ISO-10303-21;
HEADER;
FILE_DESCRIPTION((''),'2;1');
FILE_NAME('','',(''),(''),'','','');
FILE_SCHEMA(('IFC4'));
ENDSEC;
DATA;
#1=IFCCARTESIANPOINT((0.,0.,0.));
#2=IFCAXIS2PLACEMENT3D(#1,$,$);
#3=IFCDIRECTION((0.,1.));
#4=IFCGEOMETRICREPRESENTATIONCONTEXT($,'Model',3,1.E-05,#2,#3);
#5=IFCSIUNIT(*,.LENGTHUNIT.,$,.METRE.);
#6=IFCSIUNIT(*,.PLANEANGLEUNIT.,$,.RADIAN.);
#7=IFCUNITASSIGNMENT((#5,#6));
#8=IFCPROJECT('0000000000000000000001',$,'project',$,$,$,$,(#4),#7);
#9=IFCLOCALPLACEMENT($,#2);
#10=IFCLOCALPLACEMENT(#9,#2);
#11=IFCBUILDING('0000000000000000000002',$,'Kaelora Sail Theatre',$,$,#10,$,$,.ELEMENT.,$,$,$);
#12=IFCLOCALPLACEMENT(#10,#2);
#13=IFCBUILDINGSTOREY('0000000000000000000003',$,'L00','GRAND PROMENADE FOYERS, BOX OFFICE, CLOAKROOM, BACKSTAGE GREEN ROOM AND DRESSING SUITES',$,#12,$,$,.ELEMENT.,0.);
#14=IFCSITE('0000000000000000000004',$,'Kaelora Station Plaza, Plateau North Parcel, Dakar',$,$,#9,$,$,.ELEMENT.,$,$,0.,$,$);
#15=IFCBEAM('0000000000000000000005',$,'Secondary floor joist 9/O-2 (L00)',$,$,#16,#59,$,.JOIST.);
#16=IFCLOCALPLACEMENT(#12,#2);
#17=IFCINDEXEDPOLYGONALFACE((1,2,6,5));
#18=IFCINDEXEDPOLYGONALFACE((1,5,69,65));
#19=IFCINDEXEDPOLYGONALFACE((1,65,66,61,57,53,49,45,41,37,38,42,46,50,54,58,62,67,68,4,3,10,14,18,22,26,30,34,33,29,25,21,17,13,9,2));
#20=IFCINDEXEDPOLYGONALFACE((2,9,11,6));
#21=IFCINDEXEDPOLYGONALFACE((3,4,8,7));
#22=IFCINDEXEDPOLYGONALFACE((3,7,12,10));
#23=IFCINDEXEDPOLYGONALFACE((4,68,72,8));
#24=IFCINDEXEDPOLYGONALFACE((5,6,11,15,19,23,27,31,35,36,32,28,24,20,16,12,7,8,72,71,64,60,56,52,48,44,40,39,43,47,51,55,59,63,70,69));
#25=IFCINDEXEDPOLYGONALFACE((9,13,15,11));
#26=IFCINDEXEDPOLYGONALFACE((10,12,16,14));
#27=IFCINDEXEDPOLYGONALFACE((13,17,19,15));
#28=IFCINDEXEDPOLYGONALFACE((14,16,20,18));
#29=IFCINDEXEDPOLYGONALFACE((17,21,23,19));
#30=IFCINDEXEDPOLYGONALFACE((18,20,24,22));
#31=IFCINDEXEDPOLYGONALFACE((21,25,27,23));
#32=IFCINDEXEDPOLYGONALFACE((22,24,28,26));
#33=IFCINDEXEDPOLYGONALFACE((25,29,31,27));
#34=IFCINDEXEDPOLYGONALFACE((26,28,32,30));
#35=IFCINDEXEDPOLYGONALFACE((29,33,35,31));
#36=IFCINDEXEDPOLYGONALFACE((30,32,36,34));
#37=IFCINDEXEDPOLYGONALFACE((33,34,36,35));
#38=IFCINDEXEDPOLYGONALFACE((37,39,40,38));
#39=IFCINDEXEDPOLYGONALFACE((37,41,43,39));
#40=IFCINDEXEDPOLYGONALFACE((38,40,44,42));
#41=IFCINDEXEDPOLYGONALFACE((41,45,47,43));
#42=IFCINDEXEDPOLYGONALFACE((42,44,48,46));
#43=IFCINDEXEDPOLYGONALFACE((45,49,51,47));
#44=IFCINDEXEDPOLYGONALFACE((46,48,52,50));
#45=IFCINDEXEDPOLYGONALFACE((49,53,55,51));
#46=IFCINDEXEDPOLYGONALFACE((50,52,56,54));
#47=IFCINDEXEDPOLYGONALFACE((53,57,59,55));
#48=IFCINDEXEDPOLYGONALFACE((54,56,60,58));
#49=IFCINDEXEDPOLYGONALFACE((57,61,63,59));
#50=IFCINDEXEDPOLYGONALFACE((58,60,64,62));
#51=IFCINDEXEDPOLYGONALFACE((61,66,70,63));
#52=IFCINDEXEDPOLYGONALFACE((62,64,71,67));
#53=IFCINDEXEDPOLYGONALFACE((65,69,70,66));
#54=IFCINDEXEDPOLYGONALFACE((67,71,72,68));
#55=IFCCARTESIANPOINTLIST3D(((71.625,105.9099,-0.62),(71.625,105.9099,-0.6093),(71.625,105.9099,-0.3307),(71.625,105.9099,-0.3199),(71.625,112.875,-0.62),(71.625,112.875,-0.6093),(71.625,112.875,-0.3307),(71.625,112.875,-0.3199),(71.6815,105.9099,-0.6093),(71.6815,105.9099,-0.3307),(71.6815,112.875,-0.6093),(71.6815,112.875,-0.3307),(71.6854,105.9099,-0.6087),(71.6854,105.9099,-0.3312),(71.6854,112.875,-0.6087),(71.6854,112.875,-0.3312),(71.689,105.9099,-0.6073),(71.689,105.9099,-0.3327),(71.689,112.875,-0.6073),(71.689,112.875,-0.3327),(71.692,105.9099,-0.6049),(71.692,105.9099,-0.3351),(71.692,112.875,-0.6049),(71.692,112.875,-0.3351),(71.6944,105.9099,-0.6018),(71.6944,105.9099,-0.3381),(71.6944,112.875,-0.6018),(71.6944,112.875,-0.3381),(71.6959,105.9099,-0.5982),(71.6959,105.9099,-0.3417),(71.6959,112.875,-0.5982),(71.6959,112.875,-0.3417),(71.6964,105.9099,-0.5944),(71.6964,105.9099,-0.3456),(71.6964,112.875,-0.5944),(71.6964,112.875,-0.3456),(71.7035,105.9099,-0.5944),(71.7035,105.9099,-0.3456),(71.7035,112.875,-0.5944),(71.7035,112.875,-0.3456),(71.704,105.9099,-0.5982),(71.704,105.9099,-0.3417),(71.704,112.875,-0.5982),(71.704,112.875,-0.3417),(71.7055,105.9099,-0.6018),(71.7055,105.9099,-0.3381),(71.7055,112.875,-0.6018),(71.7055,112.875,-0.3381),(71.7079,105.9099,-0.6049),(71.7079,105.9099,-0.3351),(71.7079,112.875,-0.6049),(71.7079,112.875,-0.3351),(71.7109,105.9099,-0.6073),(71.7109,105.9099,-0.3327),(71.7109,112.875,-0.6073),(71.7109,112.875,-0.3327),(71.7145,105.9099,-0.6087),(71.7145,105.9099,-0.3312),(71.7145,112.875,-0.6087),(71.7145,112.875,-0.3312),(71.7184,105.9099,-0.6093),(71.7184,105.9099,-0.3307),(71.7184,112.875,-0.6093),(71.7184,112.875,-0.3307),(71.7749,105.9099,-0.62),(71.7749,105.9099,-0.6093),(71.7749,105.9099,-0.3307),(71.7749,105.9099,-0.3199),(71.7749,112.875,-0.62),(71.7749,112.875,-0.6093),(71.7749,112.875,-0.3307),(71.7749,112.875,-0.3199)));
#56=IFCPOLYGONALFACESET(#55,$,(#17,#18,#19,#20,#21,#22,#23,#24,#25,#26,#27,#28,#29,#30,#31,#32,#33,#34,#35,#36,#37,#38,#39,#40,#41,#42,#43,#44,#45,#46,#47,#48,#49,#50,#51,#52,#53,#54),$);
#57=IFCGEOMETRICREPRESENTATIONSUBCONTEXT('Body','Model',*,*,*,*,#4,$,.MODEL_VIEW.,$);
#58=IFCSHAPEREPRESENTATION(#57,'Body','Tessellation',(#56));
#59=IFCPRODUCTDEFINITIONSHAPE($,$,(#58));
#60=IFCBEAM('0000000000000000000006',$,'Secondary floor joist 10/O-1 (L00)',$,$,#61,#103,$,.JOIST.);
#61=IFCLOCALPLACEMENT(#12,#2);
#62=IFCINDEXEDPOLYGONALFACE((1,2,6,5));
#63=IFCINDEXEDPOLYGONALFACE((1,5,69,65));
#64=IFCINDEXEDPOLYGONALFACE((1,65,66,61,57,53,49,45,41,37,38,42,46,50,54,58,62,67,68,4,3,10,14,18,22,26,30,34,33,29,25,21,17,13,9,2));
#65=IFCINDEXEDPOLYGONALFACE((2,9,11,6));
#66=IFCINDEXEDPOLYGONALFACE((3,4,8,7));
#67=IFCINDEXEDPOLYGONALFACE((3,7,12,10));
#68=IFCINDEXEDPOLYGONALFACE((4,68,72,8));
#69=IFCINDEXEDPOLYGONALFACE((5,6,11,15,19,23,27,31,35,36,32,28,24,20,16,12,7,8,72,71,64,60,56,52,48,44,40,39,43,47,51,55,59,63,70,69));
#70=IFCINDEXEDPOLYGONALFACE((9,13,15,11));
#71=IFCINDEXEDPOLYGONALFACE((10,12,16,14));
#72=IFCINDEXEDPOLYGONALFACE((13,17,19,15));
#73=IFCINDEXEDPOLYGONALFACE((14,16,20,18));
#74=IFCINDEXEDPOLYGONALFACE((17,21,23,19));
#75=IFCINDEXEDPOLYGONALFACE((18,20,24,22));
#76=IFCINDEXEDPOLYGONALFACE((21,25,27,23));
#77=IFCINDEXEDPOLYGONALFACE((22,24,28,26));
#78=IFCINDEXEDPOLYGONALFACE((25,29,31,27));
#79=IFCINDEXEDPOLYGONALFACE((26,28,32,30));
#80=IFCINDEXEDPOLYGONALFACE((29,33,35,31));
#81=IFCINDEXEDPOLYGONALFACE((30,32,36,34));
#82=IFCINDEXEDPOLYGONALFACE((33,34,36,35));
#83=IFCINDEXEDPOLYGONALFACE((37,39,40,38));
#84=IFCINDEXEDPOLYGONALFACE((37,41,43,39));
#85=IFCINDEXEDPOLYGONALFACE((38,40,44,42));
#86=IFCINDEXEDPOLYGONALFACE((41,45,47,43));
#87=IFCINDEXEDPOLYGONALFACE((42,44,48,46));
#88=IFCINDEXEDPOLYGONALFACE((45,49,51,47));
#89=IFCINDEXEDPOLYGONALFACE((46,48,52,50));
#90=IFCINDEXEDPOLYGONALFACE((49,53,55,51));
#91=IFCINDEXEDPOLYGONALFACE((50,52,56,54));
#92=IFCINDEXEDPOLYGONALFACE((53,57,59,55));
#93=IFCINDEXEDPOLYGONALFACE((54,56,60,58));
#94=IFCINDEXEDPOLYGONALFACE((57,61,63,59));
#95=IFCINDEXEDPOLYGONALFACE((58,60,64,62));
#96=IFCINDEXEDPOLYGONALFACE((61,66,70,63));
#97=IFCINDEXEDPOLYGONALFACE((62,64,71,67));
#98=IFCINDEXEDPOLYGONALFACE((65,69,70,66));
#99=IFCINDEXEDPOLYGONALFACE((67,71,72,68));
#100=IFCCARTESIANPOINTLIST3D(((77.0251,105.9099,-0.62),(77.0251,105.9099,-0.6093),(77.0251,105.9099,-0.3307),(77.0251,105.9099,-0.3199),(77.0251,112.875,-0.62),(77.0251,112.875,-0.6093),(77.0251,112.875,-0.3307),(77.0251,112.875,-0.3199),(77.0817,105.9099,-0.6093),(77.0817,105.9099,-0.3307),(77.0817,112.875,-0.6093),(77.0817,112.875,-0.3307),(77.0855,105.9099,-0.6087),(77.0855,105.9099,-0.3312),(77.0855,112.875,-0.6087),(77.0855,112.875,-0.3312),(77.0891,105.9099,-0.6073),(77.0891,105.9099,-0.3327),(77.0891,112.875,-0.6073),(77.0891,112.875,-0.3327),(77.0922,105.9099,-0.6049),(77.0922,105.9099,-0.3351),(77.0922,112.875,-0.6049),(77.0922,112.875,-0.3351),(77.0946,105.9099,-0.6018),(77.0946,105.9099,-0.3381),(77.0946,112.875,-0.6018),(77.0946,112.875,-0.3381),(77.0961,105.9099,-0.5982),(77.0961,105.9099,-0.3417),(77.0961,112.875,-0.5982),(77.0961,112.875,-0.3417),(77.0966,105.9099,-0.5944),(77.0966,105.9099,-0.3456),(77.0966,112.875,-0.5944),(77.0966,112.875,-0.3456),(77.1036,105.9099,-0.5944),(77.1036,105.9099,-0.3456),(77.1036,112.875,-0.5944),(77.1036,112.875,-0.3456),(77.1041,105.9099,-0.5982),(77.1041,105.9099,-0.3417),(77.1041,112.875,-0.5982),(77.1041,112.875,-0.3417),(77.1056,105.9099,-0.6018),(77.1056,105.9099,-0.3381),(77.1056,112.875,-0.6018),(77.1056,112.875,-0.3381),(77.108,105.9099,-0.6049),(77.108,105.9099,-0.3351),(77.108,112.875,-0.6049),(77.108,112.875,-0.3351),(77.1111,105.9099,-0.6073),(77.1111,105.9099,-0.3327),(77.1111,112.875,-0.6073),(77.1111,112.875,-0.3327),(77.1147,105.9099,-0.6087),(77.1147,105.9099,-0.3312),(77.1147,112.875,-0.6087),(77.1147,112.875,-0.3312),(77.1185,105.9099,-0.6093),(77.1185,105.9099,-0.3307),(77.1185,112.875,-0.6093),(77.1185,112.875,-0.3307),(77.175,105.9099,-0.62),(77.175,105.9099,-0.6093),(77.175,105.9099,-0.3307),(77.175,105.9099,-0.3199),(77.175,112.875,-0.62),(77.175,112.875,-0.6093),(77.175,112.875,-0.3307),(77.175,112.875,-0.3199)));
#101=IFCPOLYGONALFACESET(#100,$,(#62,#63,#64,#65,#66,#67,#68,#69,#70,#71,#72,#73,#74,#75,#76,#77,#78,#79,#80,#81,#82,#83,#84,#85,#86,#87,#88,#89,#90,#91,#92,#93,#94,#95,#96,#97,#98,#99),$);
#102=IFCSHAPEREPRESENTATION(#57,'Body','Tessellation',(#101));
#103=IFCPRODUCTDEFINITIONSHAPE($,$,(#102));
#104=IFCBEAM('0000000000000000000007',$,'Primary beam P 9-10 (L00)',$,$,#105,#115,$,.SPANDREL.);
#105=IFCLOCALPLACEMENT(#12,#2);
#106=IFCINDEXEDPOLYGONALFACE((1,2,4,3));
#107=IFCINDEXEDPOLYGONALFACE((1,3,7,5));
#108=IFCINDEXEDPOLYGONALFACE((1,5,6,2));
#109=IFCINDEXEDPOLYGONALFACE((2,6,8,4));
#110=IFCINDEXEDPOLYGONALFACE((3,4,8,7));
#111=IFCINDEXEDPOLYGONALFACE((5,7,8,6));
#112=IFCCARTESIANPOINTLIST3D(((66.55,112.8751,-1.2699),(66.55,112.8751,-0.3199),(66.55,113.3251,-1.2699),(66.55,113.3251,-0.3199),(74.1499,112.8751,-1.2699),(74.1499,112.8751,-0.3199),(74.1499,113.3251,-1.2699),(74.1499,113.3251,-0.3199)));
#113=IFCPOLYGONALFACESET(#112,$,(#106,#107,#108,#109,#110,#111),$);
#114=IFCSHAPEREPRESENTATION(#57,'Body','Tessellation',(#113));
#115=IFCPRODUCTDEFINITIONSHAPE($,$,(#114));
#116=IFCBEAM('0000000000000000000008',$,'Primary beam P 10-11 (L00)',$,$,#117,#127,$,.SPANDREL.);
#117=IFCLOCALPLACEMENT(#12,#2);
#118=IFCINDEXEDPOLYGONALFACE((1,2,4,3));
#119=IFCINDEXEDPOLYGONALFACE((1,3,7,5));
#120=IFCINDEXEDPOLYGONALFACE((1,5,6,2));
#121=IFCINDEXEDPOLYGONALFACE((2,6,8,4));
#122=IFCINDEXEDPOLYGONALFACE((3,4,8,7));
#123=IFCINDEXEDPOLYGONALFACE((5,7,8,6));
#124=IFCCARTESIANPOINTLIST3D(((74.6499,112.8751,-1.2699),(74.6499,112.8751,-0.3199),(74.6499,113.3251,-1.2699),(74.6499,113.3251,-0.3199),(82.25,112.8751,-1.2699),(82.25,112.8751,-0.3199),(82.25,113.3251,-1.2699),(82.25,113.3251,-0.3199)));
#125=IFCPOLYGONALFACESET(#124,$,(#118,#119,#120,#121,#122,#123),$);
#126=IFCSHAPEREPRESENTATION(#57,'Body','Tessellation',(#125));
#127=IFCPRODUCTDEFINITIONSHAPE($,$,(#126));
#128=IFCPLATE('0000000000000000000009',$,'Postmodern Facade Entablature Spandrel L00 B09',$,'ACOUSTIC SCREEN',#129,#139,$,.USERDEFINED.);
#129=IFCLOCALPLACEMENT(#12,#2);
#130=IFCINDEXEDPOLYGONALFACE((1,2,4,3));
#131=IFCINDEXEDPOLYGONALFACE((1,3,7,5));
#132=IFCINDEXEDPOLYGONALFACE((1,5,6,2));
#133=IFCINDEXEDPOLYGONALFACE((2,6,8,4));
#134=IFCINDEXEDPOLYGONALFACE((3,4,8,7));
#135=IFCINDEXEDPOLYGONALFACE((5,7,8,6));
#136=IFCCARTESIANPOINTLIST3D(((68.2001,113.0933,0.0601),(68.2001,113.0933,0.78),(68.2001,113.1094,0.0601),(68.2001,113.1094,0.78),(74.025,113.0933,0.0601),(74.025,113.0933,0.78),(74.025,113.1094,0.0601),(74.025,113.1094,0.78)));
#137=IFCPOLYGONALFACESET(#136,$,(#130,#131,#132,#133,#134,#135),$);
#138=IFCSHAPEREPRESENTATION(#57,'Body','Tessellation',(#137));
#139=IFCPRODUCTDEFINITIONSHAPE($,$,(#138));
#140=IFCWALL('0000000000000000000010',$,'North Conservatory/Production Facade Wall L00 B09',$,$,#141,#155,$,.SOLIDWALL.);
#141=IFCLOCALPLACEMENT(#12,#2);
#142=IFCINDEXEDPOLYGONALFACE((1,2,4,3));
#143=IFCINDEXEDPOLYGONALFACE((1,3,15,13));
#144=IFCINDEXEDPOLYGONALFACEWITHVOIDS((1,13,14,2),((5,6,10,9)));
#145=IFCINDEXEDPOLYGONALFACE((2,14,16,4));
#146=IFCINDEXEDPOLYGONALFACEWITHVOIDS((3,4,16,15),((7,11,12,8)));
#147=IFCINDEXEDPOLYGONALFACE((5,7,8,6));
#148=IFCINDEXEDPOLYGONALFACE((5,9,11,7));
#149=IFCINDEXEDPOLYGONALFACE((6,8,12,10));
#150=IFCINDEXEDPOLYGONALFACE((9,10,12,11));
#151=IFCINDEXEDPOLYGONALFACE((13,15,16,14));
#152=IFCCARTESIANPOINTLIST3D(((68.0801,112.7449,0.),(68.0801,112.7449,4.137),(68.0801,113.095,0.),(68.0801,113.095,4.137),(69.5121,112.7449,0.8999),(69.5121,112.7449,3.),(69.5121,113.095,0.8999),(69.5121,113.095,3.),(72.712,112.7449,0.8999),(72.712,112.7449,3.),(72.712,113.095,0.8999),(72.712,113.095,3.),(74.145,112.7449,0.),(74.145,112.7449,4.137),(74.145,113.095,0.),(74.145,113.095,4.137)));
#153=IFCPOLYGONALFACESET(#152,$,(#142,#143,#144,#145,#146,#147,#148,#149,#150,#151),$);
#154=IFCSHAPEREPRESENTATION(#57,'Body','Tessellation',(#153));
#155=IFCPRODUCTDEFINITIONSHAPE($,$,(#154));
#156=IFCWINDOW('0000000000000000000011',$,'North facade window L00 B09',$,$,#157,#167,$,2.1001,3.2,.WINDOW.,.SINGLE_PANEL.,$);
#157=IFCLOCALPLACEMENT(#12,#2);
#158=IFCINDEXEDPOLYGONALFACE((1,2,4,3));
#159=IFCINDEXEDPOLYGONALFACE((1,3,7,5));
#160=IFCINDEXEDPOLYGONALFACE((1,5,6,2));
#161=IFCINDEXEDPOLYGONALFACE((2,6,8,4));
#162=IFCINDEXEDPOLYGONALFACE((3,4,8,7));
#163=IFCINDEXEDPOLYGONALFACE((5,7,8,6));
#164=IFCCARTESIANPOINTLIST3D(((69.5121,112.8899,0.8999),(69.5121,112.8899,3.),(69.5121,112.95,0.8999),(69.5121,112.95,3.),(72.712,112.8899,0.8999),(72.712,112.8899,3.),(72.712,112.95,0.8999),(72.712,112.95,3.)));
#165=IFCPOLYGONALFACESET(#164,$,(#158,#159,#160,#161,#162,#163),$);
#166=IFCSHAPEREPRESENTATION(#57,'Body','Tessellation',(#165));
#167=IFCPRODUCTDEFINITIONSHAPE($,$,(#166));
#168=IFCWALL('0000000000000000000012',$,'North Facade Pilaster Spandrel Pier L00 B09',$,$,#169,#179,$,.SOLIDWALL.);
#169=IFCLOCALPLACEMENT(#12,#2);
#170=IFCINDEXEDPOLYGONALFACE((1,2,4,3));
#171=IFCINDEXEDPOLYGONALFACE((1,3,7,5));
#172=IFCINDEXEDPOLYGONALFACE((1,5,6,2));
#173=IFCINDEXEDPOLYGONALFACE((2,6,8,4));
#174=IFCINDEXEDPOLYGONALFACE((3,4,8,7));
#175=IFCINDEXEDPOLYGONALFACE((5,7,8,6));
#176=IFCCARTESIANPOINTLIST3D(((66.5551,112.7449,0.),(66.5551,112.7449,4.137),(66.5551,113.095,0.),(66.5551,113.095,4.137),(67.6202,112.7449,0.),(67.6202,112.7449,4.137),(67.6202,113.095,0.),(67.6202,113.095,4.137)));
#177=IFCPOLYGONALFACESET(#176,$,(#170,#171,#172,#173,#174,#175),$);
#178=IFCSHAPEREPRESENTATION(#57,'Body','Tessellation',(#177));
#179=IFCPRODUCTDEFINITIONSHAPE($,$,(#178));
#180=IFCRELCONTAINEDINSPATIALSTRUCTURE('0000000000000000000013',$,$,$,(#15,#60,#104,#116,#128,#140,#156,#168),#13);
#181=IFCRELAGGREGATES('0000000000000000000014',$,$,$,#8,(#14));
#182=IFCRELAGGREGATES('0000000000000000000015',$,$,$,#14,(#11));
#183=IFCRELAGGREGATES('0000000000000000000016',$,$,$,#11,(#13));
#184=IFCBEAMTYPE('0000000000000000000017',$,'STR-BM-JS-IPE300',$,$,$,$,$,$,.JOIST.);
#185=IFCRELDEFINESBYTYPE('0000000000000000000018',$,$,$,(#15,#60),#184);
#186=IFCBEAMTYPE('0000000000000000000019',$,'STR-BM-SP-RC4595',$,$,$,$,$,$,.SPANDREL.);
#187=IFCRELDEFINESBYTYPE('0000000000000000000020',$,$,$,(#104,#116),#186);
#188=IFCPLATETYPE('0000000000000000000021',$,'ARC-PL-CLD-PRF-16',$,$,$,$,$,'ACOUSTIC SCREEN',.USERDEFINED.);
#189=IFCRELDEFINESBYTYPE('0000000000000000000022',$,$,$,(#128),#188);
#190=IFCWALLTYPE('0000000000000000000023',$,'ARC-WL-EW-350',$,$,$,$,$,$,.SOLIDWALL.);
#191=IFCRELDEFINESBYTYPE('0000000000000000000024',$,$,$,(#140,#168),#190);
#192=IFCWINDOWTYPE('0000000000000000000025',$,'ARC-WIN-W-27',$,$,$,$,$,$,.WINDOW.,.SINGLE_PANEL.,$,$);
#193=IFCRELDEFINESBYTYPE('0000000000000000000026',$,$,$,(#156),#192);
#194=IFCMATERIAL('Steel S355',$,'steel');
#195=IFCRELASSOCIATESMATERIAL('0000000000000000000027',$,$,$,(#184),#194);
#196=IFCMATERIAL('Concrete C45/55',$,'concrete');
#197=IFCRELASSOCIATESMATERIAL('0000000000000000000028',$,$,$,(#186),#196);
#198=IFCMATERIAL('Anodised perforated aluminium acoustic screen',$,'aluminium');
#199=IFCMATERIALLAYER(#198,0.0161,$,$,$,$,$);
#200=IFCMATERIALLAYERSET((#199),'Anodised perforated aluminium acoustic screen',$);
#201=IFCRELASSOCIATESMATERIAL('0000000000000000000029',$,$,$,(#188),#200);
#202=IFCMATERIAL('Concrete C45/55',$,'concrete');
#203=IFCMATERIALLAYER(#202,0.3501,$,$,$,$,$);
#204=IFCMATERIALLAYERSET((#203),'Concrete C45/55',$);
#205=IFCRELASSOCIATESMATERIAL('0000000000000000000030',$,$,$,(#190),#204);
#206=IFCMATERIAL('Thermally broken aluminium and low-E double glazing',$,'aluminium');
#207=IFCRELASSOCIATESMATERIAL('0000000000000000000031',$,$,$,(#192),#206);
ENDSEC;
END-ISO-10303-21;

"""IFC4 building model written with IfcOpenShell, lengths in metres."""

from ifc_helpers import new_model, si_unit, direction, frame, frame_2d, origin, origin_2d, place, context, subcontext, project, spatial, rectangle, i_section, extrude, material, layer, layer_set, material_profile, profile_set, type_object, element, fill, save


model = new_model("IFC4")

# Units and contexts
model_context = context("Model", 3, precision=1e-05, world=origin(), true_north=direction((0.0, 1.0)))
body_context = subcontext(model_context, "Body", "Model", "MODEL_VIEW")
ifc_project = project(units=[si_unit("LENGTHUNIT", "METRE"), si_unit("PLANEANGLEUNIT", "RADIAN")], contexts=[model_context])

# Site, building, storey
site_placement = place(None, origin())
site = spatial("IfcSite", under=ifc_project, at=site_placement, Name="Kaelora Station Plaza, Plateau North Parcel, Dakar", CompositionType="ELEMENT", RefElevation=0.0)
building_placement = place(site_placement, origin())
building = spatial("IfcBuilding", under=site, at=building_placement, Name="Kaelora Sail Theatre", CompositionType="ELEMENT")
storey_placement = place(building_placement, origin())
storey = spatial("IfcBuildingStorey", under=building, at=storey_placement, Name="L00", Description="GRAND PROMENADE FOYERS, BOX OFFICE, CLOAKROOM, BACKSTAGE GREEN ROOM AND DRESSING SUITES", CompositionType="ELEMENT", Elevation=0.0)

# Beams
ifc_material_1 = material(Name="Steel S355", Category="steel")
ifc_material_profile_1 = material_profile(ifc_material_1, i_section(OverallWidth=0.1499, OverallDepth=0.3, WebThickness=0.0071, FlangeThickness=0.0107, FilletRadius=0.0149, at=origin_2d()), Name="IPE 300")
ifc_profile_set_1 = profile_set([ifc_material_profile_1], Name="Steel S355")
beam_type_1 = type_object("IfcBeamType", Name="STR-BM-JS-IPE300", PredefinedType="JOIST", material=ifc_profile_set_1)
for number, where, z_axis, x_axis, name in (
    (1, (71.7, 105.9099, -0.47), (0.0, 1.0, 0.0), (-1.0, 0.0, 0.0), "Secondary floor joist 9/O-2 (L00)"),
    (2, (77.1001, 105.9099, -0.47), (0.0, 1.0, 0.0), (-1.0, 0.0, 0.0), "Secondary floor joist 10/O-1 (L00)"),
):
    element("IfcBeam", number, at=place(storey_placement, frame(where, z_axis=z_axis, x_axis=x_axis)), inside=storey, type_object=beam_type_1, Name=name, PredefinedType="JOIST", context=body_context, shape_type="SweptSolid", body=[
        extrude(i_section(OverallWidth=0.1499, OverallDepth=0.3, WebThickness=0.0071, FlangeThickness=0.0107, FilletRadius=0.0149, at=origin_2d()), origin(), (0.0, 0.0, 1.0), 6.9651),
    ])
ifc_material_2 = material(Name="Concrete C45/55", Category="concrete")
ifc_material_profile_2 = material_profile(ifc_material_2, rectangle(XDim=0.45, YDim=0.95, at=origin_2d()), Name="RC-SPN 450x950")
ifc_profile_set_2 = profile_set([ifc_material_profile_2], Name="Concrete C45/55")
beam_type_2 = type_object("IfcBeamType", Name="STR-BM-SP-RC4595", PredefinedType="SPANDREL", material=ifc_profile_set_2)
beam_1_placement = place(storey_placement, frame((66.55, 113.1001, -0.7949), z_axis=(1.0, 0.0, 0.0), x_axis=(0.0, 1.0, 0.0)))
element("IfcBeam", 3, at=beam_1_placement, inside=storey, type_object=beam_type_2, Name="Primary beam P 9-10 (L00)", PredefinedType="SPANDREL", context=body_context, shape_type="SweptSolid", body=[
    extrude(rectangle(XDim=0.45, YDim=0.95, at=origin_2d()), origin(), (0.0, 0.0, 1.0), 7.5999),
])
beam_2_placement = place(storey_placement, frame((74.6499, 113.1001, -0.7949), z_axis=(1.0, 0.0, 0.0), x_axis=(0.0, 1.0, 0.0)))
element("IfcBeam", 4, at=beam_2_placement, inside=storey, type_object=beam_type_2, Name="Primary beam P 10-11 (L00)", PredefinedType="SPANDREL", context=body_context, shape_type="SweptSolid", body=[
    extrude(rectangle(XDim=0.45, YDim=0.95, at=origin_2d()), origin(), (0.0, 0.0, 1.0), 7.6001),
])

# Plate
ifc_material_3 = material(Name="Anodised perforated aluminium acoustic screen", Category="aluminium")
ifc_layer_1 = layer(ifc_material_3, 0.0161)
ifc_layer_set_1 = layer_set([ifc_layer_1], Name="Anodised perforated aluminium acoustic screen")
plate_type = type_object("IfcPlateType", Name="ARC-PL-CLD-PRF-16", ElementType="ACOUSTIC SCREEN", PredefinedType="USERDEFINED", material=ifc_layer_set_1)
plate_placement = place(storey_placement, frame((71.1125, 113.1013, 0.0601), z_axis=(0.0, 0.0, 1.0), x_axis=(1.0, 0.0, 0.0)))
element("IfcPlate", 5, at=plate_placement, inside=storey, type_object=plate_type, Name="Postmodern Facade Entablature Spandrel L00 B09", ObjectType="ACOUSTIC SCREEN", PredefinedType="USERDEFINED", context=body_context, shape_type="SweptSolid", body=[
    extrude(rectangle(XDim=5.825, YDim=0.0161, at=origin_2d()), origin(), (0.0, 0.0, 1.0), 0.72),
])

# Wall, opening, window
ifc_material_4 = material(Name="Concrete C45/55", Category="concrete")
ifc_layer_2 = layer(ifc_material_4, 0.3501)
ifc_layer_set_2 = layer_set([ifc_layer_2], Name="Concrete C45/55")
wall_type_1 = type_object("IfcWallType", Name="ARC-WL-EW-350", PredefinedType="SOLIDWALL", material=ifc_layer_set_2)
wall_1_placement = place(storey_placement, frame((68.0801, 112.9199, 0.0), z_axis=(0.0, 0.0, 1.0), x_axis=(1.0, 0.0, 0.0)))
wall_1 = element("IfcWall", 6, at=wall_1_placement, inside=storey, type_object=wall_type_1, Name="North Conservatory/Production Facade Wall L00 B09", PredefinedType="SOLIDWALL", context=body_context, shape_type="SweptSolid", body=[
    extrude(rectangle(XDim=6.0649, YDim=0.3501, at=frame_2d((3.0325, 0.0))), origin(), (0.0, 0.0, 1.0), 4.137),
])
opening_1_placement = place(wall_1_placement, frame((1.4319, 0.0, 0.8999)))
opening_1 = element("IfcOpeningElement", 7, at=opening_1_placement, cuts=wall_1, PredefinedType="OPENING", context=body_context, shape_type="SweptSolid", body=[
    extrude(rectangle(XDim=3.2, YDim=2.1001, at=frame_2d((1.6001, 1.05))), frame((0.0, 0.185, 0.0), z_axis=(0.0, -1.0, 0.0), x_axis=(1.0, 0.0, 0.0)), (0.0, 0.0, 1.0), 0.3701),
])
ifc_material_5 = material(Name="Thermally broken aluminium and low-E double glazing", Category="aluminium")
window_type = type_object("IfcWindowType", Name="ARC-WIN-W-27", PartitioningType="SINGLE_PANEL", PredefinedType="WINDOW", material=ifc_material_5)
window_placement = place(opening_1_placement, origin())
window = element("IfcWindow", 8, at=window_placement, inside=storey, type_object=window_type, Name="North facade window L00 B09", OverallHeight=2.1001, OverallWidth=3.2, PartitioningType="SINGLE_PANEL", PredefinedType="WINDOW", context=body_context, shape_type="SweptSolid", body=[
    extrude(rectangle(XDim=3.2, YDim=2.1001, at=frame_2d((1.6001, 1.05))), frame((0.0, 0.03, 0.0), z_axis=(0.0, -1.0, 0.0), x_axis=(1.0, 0.0, 0.0)), (0.0, 0.0, 1.0), 0.0601),
])
fill(opening_1, window)

# Wall
wall_2_placement = place(storey_placement, frame((66.5549, 112.9199, 0.0), z_axis=(0.0, 0.0, 1.0), x_axis=(1.0, 0.0, 0.0)))
element("IfcWall", 9, at=wall_2_placement, inside=storey, type_object=wall_type_1, Name="North Facade Pilaster Spandrel Pier L00 B09", PredefinedType="SOLIDWALL", context=body_context, shape_type="SweptSolid", body=[
    extrude(rectangle(XDim=1.0652, YDim=0.3501, at=frame_2d((0.5327, 0.0))), origin(), (0.0, 0.0, 1.0), 4.137),
])

save(model, "model.ifc")
